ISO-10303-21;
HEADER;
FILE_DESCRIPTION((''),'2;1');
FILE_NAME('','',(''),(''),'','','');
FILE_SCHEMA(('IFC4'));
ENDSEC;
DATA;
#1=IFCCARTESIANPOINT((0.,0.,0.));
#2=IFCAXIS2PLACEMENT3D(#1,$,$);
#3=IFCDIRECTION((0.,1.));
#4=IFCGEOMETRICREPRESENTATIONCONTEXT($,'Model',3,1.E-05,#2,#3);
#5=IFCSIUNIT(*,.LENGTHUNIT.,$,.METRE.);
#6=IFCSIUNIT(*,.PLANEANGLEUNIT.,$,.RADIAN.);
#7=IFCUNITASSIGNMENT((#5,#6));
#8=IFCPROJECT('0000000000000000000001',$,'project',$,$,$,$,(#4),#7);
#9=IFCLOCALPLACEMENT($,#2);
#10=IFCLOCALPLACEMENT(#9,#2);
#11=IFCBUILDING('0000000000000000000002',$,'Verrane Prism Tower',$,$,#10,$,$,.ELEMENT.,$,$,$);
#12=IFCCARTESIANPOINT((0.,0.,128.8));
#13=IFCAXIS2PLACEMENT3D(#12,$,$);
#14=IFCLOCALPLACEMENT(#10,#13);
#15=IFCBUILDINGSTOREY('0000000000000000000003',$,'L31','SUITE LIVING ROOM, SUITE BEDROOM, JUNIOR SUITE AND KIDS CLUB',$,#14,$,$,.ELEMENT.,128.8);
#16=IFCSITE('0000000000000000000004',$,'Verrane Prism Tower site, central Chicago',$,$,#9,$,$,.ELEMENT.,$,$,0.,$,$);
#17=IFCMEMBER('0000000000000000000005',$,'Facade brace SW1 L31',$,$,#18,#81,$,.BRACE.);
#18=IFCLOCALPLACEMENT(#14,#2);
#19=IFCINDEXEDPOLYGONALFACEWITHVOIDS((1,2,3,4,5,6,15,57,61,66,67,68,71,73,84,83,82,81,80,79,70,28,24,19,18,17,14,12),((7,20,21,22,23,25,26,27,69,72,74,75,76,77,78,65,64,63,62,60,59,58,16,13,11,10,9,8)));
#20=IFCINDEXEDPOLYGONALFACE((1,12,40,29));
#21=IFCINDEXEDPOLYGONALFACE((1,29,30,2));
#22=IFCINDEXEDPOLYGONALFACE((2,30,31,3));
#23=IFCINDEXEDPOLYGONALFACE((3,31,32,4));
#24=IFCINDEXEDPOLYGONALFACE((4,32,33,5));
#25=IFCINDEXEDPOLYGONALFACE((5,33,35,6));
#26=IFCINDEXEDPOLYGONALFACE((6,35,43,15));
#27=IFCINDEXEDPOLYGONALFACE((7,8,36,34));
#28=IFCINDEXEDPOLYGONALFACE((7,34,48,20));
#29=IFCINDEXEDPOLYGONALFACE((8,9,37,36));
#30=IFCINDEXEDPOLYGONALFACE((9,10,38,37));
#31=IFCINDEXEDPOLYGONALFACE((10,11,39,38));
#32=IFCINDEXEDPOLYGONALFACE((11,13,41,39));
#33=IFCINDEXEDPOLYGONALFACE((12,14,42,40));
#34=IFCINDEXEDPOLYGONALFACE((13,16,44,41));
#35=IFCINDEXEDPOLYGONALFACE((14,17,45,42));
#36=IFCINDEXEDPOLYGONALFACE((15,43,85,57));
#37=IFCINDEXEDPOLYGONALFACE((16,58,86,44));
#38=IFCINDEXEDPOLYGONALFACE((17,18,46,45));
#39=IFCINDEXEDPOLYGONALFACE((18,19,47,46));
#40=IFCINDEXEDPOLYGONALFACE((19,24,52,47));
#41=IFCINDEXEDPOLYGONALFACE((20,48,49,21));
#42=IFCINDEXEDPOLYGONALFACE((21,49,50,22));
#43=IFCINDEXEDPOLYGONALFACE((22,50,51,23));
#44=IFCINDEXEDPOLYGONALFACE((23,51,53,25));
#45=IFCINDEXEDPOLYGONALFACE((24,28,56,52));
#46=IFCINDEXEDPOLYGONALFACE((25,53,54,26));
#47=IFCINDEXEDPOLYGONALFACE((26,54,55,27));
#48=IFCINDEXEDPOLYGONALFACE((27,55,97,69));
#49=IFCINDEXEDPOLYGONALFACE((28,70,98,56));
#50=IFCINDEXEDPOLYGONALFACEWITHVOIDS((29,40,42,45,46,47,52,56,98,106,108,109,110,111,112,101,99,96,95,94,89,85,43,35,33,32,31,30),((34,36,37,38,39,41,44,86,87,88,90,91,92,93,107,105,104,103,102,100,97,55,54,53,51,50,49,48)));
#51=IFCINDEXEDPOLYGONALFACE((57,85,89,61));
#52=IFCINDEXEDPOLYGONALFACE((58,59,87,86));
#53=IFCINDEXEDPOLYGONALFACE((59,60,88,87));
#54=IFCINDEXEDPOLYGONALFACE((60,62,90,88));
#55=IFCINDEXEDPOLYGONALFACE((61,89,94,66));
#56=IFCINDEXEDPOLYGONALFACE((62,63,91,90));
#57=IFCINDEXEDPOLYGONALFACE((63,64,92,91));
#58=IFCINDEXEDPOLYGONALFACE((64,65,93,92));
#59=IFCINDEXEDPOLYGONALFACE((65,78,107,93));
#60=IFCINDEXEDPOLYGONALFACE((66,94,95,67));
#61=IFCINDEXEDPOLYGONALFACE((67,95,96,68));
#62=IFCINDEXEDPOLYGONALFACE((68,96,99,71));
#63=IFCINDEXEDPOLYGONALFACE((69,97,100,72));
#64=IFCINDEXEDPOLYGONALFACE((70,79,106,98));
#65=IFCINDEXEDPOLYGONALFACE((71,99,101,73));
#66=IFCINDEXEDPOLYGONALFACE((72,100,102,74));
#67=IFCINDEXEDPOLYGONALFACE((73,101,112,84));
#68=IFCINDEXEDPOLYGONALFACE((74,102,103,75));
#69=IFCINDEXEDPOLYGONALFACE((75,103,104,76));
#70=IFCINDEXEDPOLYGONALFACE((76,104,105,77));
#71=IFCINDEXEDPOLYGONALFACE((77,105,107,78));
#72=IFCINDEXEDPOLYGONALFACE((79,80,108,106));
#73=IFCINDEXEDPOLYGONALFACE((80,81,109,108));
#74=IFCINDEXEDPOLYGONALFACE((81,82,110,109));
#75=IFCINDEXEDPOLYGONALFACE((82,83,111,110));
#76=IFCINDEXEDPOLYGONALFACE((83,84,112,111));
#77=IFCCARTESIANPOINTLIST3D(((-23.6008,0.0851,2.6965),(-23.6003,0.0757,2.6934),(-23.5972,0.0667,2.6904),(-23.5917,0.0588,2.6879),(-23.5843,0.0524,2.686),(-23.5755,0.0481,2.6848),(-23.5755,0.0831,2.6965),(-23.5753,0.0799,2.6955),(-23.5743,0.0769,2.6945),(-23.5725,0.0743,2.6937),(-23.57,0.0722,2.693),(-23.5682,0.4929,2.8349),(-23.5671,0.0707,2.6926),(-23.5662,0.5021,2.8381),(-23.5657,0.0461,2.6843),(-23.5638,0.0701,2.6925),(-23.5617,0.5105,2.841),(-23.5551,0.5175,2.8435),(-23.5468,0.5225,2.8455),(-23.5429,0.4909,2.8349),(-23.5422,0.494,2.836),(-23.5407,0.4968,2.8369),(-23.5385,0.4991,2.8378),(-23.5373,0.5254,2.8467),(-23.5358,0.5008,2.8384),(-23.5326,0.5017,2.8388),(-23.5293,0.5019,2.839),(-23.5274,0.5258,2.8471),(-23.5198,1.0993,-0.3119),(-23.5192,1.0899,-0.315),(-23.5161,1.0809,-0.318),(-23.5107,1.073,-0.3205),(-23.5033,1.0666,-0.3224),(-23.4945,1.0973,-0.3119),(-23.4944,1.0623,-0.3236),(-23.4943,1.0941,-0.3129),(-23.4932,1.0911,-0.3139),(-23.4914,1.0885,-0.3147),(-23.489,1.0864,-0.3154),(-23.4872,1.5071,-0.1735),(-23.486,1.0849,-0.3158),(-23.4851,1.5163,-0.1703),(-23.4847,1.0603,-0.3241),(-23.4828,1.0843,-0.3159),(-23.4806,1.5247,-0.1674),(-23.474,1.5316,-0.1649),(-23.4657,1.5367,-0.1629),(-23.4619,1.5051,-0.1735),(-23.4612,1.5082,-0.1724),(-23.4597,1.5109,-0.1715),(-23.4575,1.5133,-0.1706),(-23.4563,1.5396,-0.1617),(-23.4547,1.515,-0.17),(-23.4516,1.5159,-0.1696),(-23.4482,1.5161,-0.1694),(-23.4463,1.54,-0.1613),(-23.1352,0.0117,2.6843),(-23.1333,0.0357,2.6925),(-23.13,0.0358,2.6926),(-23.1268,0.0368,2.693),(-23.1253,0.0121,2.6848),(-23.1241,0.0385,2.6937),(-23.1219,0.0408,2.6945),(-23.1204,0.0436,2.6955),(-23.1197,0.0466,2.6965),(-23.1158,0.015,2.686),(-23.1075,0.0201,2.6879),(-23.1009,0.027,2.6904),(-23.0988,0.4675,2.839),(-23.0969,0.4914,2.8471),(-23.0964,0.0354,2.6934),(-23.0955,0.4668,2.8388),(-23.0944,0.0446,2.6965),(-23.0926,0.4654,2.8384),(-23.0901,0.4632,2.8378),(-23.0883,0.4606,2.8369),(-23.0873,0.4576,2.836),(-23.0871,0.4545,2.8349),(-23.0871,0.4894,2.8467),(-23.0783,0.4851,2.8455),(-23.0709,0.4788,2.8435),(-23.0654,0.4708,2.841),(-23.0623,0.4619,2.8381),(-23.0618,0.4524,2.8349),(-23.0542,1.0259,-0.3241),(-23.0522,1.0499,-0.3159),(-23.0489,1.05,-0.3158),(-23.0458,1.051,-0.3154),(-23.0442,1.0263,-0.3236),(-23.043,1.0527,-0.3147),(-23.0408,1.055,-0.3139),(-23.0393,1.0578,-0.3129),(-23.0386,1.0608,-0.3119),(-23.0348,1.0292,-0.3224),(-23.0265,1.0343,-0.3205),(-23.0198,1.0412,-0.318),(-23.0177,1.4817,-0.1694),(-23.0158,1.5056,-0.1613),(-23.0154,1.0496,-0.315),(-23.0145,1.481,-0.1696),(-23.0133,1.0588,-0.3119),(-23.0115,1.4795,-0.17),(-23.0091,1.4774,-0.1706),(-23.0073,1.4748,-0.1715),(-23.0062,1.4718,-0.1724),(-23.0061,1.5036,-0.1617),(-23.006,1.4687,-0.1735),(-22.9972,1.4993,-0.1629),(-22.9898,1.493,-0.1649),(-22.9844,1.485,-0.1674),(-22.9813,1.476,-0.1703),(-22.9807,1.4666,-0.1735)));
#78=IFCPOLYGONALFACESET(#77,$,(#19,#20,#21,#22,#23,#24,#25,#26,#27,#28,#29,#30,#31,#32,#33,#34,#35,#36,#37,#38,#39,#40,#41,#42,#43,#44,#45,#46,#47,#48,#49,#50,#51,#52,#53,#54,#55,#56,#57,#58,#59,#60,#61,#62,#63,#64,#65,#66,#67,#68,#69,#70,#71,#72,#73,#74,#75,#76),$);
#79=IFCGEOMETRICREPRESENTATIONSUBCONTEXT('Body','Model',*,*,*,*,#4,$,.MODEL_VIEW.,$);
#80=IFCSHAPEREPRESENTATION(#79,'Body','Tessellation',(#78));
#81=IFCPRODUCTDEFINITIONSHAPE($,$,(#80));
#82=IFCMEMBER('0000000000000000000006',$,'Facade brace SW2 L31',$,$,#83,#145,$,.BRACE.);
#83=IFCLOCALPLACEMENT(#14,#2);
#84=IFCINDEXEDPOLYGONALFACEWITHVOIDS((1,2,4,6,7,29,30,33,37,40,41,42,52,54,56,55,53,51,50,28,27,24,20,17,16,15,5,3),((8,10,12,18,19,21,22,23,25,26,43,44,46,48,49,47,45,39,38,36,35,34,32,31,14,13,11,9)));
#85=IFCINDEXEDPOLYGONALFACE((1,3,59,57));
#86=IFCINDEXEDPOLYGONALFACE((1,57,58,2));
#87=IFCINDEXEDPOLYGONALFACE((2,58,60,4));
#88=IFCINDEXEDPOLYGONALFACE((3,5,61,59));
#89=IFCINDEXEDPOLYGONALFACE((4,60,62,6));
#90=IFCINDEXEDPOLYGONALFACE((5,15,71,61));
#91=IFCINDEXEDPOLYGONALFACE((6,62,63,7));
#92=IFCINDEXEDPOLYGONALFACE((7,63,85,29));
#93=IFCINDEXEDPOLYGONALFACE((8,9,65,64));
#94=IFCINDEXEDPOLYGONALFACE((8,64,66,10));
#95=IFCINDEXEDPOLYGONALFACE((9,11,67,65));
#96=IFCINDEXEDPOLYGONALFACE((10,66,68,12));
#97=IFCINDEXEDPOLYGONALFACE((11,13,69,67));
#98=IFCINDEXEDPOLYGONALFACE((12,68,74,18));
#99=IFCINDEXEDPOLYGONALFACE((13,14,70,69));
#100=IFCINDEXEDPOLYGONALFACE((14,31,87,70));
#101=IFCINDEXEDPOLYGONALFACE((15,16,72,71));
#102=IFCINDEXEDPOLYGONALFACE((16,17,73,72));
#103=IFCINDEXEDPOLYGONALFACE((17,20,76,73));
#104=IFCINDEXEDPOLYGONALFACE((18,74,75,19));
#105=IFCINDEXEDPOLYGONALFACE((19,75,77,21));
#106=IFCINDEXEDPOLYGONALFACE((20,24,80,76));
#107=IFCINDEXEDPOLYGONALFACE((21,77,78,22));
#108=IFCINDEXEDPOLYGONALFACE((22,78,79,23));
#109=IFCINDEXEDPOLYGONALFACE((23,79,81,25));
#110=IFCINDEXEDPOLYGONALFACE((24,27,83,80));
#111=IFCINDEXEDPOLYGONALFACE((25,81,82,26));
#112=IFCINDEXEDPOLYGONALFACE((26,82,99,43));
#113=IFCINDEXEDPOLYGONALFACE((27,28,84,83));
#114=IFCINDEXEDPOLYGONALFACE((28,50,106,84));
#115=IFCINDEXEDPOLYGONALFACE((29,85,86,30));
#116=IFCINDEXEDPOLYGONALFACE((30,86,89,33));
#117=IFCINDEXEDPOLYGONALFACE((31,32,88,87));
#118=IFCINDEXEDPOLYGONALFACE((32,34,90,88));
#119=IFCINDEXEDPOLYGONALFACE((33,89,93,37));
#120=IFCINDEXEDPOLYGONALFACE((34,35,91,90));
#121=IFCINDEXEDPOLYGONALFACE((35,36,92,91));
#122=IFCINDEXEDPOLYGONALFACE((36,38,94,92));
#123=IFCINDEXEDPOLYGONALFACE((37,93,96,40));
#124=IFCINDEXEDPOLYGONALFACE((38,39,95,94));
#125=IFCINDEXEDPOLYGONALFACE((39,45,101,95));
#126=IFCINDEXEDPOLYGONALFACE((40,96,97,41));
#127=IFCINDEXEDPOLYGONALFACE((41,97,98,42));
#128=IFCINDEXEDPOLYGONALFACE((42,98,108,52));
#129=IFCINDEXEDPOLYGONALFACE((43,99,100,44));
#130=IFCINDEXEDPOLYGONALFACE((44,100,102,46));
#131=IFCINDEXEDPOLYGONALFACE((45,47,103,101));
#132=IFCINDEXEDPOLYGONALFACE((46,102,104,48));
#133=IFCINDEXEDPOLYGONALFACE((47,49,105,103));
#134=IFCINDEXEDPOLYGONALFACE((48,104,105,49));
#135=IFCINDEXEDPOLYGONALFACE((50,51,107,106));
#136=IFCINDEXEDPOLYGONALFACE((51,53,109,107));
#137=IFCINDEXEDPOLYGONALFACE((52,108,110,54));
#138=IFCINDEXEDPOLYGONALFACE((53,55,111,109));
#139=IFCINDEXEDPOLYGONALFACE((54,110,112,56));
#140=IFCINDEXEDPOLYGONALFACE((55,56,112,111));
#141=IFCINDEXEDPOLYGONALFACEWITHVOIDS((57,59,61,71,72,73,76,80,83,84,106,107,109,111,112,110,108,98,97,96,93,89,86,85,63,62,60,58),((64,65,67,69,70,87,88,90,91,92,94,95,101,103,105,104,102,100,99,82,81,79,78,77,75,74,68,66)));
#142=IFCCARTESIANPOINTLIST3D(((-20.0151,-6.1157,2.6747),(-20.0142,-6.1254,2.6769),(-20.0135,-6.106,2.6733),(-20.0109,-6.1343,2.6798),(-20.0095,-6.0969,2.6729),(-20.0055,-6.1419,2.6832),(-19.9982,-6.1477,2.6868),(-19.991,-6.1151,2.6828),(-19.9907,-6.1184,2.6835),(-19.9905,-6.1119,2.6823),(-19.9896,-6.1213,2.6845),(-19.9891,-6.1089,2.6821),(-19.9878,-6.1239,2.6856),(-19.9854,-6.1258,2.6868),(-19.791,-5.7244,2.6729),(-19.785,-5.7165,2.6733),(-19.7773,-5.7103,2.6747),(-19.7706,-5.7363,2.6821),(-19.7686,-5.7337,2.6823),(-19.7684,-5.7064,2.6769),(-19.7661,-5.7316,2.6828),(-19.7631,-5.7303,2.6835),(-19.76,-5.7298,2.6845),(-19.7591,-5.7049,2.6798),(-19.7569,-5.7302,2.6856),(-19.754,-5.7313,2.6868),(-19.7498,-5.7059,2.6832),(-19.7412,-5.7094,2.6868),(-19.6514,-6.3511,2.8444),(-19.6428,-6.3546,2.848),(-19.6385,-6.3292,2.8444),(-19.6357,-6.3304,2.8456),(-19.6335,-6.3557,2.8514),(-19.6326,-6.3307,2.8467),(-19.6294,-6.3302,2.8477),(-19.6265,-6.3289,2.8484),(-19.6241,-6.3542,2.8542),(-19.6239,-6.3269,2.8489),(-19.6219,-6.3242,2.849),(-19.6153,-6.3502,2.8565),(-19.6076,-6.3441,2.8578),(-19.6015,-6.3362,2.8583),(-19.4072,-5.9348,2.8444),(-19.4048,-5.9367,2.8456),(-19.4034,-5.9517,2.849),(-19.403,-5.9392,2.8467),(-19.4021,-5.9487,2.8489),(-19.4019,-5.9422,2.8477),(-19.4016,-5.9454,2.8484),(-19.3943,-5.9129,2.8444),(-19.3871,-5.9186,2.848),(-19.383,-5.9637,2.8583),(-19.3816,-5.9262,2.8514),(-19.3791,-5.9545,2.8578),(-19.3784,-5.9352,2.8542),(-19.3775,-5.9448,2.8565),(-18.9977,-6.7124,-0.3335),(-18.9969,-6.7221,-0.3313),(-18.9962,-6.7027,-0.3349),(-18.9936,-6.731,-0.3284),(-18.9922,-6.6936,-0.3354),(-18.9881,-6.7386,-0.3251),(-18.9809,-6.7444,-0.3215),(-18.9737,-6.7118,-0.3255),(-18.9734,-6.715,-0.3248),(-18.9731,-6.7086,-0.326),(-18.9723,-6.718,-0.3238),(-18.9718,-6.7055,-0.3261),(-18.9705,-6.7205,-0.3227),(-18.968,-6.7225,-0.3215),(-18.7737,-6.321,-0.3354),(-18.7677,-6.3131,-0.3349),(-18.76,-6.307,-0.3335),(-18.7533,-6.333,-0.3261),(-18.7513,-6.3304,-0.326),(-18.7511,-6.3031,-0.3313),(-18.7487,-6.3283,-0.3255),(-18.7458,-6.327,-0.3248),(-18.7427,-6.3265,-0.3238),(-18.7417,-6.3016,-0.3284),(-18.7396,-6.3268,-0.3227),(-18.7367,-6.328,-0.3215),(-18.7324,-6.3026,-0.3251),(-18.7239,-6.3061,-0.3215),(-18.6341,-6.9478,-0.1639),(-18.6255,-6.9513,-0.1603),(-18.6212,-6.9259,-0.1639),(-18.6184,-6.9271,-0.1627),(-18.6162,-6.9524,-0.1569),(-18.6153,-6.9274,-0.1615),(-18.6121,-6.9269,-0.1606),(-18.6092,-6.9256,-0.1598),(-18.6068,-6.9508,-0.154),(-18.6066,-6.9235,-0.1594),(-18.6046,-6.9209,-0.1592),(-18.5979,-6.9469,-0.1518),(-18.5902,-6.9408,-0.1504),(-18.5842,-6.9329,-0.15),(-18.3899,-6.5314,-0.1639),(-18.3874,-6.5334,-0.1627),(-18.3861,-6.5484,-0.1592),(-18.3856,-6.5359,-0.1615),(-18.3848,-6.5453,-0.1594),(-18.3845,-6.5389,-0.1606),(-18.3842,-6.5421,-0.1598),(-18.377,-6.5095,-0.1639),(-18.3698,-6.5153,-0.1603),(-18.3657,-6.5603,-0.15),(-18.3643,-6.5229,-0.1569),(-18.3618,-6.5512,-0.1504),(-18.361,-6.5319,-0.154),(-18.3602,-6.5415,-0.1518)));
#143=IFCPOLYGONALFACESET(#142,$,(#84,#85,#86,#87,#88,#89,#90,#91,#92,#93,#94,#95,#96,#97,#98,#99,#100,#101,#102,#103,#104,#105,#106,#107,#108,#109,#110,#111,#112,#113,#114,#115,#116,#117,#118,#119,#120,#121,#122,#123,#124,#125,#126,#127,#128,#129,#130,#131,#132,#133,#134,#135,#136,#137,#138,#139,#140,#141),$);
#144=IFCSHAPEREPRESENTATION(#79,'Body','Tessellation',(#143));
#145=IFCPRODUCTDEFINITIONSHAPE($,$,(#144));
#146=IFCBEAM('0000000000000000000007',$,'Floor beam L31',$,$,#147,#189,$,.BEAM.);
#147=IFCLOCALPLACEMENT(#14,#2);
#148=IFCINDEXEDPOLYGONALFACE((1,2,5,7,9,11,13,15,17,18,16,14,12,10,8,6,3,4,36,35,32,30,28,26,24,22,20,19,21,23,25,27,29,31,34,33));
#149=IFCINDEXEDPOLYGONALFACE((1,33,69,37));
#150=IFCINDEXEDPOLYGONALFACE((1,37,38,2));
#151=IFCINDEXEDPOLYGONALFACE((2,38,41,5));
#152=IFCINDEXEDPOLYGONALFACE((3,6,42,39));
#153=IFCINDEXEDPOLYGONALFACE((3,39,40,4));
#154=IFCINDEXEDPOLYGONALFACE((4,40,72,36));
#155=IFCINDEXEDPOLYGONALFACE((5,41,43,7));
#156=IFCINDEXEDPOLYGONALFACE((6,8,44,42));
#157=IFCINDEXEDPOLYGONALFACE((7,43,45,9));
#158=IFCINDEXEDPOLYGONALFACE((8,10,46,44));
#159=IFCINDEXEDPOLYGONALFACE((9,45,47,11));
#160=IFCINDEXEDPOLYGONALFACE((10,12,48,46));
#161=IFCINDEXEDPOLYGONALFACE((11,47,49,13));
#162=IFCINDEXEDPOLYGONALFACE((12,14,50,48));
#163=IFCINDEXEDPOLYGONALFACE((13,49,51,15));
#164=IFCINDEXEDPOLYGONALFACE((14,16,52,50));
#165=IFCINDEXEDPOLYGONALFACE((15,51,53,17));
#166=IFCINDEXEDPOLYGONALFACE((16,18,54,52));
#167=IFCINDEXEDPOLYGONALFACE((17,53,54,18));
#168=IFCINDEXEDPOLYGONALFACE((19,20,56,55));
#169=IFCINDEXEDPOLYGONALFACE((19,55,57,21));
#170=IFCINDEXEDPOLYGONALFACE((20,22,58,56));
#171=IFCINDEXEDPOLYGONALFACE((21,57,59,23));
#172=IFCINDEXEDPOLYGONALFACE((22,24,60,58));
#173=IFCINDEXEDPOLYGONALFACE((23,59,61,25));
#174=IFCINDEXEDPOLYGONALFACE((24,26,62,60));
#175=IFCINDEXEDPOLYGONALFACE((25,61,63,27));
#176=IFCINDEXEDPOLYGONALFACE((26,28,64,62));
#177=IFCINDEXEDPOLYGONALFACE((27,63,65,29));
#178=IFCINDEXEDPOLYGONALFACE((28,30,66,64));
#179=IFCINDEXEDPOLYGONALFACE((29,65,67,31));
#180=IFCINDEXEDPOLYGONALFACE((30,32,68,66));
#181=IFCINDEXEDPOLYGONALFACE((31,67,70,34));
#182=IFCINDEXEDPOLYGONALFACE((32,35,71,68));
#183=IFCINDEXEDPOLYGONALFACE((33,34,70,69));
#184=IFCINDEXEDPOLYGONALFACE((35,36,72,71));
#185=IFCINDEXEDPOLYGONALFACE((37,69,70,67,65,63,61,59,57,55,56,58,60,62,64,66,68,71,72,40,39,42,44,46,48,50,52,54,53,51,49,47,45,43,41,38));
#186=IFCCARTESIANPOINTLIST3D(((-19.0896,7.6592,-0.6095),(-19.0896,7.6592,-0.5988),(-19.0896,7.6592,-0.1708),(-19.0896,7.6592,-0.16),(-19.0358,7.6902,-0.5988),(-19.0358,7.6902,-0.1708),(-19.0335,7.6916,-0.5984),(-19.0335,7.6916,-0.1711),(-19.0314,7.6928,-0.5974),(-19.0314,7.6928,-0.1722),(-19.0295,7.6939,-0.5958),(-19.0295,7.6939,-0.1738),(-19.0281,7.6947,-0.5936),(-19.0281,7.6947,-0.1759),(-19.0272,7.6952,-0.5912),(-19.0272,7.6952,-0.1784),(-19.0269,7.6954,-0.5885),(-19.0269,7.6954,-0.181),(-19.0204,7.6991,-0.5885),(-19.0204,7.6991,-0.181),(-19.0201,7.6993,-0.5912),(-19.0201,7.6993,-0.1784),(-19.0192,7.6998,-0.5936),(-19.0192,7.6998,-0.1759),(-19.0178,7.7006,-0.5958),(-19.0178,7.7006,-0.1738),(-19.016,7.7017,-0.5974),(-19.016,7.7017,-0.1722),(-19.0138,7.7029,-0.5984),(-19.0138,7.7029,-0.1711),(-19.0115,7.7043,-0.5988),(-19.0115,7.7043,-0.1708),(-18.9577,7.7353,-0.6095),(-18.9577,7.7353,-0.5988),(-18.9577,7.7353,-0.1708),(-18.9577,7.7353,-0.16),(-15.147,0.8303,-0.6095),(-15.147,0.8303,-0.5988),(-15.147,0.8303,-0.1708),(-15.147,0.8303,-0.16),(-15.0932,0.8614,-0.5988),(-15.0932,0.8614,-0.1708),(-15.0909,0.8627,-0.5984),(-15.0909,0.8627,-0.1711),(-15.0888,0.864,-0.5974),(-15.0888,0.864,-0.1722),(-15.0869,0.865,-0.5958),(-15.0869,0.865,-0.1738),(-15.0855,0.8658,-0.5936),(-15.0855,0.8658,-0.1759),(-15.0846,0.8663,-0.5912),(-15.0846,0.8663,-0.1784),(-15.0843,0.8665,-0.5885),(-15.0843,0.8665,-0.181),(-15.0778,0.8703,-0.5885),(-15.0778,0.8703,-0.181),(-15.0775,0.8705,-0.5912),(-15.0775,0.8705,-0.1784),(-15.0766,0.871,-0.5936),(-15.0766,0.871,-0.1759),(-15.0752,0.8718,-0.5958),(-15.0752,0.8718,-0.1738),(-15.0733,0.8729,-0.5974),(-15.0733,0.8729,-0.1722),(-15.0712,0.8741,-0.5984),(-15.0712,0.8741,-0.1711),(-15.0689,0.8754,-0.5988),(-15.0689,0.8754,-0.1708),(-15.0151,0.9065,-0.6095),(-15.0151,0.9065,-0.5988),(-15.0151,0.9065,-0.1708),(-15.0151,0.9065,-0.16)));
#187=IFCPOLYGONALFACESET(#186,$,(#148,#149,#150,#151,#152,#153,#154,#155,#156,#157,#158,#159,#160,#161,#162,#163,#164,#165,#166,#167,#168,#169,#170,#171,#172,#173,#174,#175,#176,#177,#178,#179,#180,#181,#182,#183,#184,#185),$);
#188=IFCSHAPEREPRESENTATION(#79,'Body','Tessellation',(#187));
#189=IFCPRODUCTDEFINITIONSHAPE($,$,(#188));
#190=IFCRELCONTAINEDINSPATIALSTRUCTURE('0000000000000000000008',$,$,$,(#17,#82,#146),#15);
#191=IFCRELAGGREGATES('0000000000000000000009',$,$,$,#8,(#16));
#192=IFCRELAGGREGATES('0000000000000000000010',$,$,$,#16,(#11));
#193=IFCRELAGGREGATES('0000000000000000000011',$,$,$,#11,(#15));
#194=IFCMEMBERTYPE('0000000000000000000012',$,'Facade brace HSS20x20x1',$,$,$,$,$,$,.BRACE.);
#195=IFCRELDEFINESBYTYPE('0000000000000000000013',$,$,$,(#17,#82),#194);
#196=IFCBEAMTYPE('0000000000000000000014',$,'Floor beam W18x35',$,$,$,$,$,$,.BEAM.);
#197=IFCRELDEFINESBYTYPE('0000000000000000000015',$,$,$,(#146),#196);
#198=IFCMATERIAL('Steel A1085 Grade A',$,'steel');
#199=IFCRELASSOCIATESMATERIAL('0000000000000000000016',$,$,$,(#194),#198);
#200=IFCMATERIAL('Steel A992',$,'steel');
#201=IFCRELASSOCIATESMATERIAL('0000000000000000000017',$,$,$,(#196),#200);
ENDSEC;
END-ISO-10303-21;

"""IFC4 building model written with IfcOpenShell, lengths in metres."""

from ifc_helpers import new_model, si_unit, direction, frame, origin, origin_2d, place, context, subcontext, project, spatial, hollow_rectangle, i_section, extrude, material, material_profile, profile_set, type_object, element, save


model = new_model("IFC4")

# Units and contexts
model_context = context("Model", 3, precision=1e-05, world=origin(), true_north=direction((0.0, 1.0)))
body_context = subcontext(model_context, "Body", "Model", "MODEL_VIEW")
ifc_project = project(units=[si_unit("LENGTHUNIT", "METRE"), si_unit("PLANEANGLEUNIT", "RADIAN")], contexts=[model_context])

# Site, building, storey
site_placement = place(None, origin())
site = spatial("IfcSite", under=ifc_project, at=site_placement, Name="Verrane Prism Tower site, central Chicago", CompositionType="ELEMENT", RefElevation=0.0)
building_placement = place(site_placement, origin())
building = spatial("IfcBuilding", under=site, at=building_placement, Name="Verrane Prism Tower", CompositionType="ELEMENT")
storey_placement = place(building_placement, frame((0.0, 0.0, 128.8)))
storey = spatial("IfcBuildingStorey", under=building, at=storey_placement, Name="L31", Description="SUITE LIVING ROOM, SUITE BEDROOM, JUNIOR SUITE AND KIDS CLUB", CompositionType="ELEMENT", Elevation=128.8)

# Members
ifc_material_1 = material(Name="Steel A1085 Grade A", Category="steel")
ifc_material_profile_1 = material_profile(ifc_material_1, hollow_rectangle(XDim=0.5081, YDim=0.5081, WallThickness=0.0254, InnerFilletRadius=0.0127, OuterFilletRadius=0.0381, at=origin_2d()), Name="HSS20x20x1")
ifc_profile_set_1 = profile_set([ifc_material_profile_1], Name="Steel A1085 Grade A")
member_type_1 = type_object("IfcMemberType", Name="Facade brace HSS20x20x1", PredefinedType="BRACE", material=ifc_profile_set_1)
member_1_placement = place(storey_placement, frame((-23.2502, 1.283, -0.2427), z_axis=(-0.025524, -0.319352, 0.947292), x_axis=(0.996821, -0.079669, 0.0)))
element("IfcMember", 1, at=member_1_placement, inside=storey, type_object=member_type_1, Name="Facade brace SW1 L31", PredefinedType="BRACE", context=body_context, shape_type="SweptSolid", body=[
    extrude(hollow_rectangle(XDim=0.5081, YDim=0.5081, WallThickness=0.0254, InnerFilletRadius=0.0127, OuterFilletRadius=0.0381, at=origin_2d()), origin(), (0.0, 0.0, 1.0), 3.1758),
])
member_2_placement = place(storey_placement, frame((-18.679, -6.627, -0.2427), z_axis=(-0.314844, 0.18466, 0.931007), x_axis=(-0.505916, -0.862583, 0.0)))
element("IfcMember", 2, at=member_2_placement, inside=storey, type_object=member_type_1, Name="Facade brace SW2 L31", PredefinedType="BRACE", context=body_context, shape_type="SweptSolid", body=[
    extrude(hollow_rectangle(XDim=0.5081, YDim=0.5081, WallThickness=0.0254, InnerFilletRadius=0.0127, OuterFilletRadius=0.0381, at=origin_2d()), origin(), (0.0, 0.0, 1.0), 3.2312),
])

# Beam
ifc_material_2 = material(Name="Steel A992", Category="steel")
ifc_material_profile_2 = material_profile(ifc_material_2, i_section(OverallWidth=0.1523, OverallDepth=0.4495, WebThickness=0.0076, FlangeThickness=0.0107, FilletRadius=0.0103, at=origin_2d()), Name="W18x35")
ifc_profile_set_2 = profile_set([ifc_material_profile_2], Name="Steel A992")
beam_type_1 = type_object("IfcBeamType", Name="Floor beam W18x35", PredefinedType="BEAM", material=ifc_profile_set_2)
beam_1_placement = place(storey_placement, frame((-15.0811, 0.8684, -0.3848), z_axis=(-0.499999, 0.866026, 0.0), x_axis=(-0.866026, -0.499999, 0.0)))
element("IfcBeam", 3, at=beam_1_placement, inside=storey, type_object=beam_type_1, Name="Floor beam L31", PredefinedType="BEAM", context=body_context, shape_type="SweptSolid", body=[
    extrude(i_section(OverallWidth=0.1523, OverallDepth=0.4495, WebThickness=0.0076, FlangeThickness=0.0107, FilletRadius=0.0103, at=origin_2d()), origin(), (0.0, 0.0, 1.0), 7.8853),
])

save(model, "model.ifc")
